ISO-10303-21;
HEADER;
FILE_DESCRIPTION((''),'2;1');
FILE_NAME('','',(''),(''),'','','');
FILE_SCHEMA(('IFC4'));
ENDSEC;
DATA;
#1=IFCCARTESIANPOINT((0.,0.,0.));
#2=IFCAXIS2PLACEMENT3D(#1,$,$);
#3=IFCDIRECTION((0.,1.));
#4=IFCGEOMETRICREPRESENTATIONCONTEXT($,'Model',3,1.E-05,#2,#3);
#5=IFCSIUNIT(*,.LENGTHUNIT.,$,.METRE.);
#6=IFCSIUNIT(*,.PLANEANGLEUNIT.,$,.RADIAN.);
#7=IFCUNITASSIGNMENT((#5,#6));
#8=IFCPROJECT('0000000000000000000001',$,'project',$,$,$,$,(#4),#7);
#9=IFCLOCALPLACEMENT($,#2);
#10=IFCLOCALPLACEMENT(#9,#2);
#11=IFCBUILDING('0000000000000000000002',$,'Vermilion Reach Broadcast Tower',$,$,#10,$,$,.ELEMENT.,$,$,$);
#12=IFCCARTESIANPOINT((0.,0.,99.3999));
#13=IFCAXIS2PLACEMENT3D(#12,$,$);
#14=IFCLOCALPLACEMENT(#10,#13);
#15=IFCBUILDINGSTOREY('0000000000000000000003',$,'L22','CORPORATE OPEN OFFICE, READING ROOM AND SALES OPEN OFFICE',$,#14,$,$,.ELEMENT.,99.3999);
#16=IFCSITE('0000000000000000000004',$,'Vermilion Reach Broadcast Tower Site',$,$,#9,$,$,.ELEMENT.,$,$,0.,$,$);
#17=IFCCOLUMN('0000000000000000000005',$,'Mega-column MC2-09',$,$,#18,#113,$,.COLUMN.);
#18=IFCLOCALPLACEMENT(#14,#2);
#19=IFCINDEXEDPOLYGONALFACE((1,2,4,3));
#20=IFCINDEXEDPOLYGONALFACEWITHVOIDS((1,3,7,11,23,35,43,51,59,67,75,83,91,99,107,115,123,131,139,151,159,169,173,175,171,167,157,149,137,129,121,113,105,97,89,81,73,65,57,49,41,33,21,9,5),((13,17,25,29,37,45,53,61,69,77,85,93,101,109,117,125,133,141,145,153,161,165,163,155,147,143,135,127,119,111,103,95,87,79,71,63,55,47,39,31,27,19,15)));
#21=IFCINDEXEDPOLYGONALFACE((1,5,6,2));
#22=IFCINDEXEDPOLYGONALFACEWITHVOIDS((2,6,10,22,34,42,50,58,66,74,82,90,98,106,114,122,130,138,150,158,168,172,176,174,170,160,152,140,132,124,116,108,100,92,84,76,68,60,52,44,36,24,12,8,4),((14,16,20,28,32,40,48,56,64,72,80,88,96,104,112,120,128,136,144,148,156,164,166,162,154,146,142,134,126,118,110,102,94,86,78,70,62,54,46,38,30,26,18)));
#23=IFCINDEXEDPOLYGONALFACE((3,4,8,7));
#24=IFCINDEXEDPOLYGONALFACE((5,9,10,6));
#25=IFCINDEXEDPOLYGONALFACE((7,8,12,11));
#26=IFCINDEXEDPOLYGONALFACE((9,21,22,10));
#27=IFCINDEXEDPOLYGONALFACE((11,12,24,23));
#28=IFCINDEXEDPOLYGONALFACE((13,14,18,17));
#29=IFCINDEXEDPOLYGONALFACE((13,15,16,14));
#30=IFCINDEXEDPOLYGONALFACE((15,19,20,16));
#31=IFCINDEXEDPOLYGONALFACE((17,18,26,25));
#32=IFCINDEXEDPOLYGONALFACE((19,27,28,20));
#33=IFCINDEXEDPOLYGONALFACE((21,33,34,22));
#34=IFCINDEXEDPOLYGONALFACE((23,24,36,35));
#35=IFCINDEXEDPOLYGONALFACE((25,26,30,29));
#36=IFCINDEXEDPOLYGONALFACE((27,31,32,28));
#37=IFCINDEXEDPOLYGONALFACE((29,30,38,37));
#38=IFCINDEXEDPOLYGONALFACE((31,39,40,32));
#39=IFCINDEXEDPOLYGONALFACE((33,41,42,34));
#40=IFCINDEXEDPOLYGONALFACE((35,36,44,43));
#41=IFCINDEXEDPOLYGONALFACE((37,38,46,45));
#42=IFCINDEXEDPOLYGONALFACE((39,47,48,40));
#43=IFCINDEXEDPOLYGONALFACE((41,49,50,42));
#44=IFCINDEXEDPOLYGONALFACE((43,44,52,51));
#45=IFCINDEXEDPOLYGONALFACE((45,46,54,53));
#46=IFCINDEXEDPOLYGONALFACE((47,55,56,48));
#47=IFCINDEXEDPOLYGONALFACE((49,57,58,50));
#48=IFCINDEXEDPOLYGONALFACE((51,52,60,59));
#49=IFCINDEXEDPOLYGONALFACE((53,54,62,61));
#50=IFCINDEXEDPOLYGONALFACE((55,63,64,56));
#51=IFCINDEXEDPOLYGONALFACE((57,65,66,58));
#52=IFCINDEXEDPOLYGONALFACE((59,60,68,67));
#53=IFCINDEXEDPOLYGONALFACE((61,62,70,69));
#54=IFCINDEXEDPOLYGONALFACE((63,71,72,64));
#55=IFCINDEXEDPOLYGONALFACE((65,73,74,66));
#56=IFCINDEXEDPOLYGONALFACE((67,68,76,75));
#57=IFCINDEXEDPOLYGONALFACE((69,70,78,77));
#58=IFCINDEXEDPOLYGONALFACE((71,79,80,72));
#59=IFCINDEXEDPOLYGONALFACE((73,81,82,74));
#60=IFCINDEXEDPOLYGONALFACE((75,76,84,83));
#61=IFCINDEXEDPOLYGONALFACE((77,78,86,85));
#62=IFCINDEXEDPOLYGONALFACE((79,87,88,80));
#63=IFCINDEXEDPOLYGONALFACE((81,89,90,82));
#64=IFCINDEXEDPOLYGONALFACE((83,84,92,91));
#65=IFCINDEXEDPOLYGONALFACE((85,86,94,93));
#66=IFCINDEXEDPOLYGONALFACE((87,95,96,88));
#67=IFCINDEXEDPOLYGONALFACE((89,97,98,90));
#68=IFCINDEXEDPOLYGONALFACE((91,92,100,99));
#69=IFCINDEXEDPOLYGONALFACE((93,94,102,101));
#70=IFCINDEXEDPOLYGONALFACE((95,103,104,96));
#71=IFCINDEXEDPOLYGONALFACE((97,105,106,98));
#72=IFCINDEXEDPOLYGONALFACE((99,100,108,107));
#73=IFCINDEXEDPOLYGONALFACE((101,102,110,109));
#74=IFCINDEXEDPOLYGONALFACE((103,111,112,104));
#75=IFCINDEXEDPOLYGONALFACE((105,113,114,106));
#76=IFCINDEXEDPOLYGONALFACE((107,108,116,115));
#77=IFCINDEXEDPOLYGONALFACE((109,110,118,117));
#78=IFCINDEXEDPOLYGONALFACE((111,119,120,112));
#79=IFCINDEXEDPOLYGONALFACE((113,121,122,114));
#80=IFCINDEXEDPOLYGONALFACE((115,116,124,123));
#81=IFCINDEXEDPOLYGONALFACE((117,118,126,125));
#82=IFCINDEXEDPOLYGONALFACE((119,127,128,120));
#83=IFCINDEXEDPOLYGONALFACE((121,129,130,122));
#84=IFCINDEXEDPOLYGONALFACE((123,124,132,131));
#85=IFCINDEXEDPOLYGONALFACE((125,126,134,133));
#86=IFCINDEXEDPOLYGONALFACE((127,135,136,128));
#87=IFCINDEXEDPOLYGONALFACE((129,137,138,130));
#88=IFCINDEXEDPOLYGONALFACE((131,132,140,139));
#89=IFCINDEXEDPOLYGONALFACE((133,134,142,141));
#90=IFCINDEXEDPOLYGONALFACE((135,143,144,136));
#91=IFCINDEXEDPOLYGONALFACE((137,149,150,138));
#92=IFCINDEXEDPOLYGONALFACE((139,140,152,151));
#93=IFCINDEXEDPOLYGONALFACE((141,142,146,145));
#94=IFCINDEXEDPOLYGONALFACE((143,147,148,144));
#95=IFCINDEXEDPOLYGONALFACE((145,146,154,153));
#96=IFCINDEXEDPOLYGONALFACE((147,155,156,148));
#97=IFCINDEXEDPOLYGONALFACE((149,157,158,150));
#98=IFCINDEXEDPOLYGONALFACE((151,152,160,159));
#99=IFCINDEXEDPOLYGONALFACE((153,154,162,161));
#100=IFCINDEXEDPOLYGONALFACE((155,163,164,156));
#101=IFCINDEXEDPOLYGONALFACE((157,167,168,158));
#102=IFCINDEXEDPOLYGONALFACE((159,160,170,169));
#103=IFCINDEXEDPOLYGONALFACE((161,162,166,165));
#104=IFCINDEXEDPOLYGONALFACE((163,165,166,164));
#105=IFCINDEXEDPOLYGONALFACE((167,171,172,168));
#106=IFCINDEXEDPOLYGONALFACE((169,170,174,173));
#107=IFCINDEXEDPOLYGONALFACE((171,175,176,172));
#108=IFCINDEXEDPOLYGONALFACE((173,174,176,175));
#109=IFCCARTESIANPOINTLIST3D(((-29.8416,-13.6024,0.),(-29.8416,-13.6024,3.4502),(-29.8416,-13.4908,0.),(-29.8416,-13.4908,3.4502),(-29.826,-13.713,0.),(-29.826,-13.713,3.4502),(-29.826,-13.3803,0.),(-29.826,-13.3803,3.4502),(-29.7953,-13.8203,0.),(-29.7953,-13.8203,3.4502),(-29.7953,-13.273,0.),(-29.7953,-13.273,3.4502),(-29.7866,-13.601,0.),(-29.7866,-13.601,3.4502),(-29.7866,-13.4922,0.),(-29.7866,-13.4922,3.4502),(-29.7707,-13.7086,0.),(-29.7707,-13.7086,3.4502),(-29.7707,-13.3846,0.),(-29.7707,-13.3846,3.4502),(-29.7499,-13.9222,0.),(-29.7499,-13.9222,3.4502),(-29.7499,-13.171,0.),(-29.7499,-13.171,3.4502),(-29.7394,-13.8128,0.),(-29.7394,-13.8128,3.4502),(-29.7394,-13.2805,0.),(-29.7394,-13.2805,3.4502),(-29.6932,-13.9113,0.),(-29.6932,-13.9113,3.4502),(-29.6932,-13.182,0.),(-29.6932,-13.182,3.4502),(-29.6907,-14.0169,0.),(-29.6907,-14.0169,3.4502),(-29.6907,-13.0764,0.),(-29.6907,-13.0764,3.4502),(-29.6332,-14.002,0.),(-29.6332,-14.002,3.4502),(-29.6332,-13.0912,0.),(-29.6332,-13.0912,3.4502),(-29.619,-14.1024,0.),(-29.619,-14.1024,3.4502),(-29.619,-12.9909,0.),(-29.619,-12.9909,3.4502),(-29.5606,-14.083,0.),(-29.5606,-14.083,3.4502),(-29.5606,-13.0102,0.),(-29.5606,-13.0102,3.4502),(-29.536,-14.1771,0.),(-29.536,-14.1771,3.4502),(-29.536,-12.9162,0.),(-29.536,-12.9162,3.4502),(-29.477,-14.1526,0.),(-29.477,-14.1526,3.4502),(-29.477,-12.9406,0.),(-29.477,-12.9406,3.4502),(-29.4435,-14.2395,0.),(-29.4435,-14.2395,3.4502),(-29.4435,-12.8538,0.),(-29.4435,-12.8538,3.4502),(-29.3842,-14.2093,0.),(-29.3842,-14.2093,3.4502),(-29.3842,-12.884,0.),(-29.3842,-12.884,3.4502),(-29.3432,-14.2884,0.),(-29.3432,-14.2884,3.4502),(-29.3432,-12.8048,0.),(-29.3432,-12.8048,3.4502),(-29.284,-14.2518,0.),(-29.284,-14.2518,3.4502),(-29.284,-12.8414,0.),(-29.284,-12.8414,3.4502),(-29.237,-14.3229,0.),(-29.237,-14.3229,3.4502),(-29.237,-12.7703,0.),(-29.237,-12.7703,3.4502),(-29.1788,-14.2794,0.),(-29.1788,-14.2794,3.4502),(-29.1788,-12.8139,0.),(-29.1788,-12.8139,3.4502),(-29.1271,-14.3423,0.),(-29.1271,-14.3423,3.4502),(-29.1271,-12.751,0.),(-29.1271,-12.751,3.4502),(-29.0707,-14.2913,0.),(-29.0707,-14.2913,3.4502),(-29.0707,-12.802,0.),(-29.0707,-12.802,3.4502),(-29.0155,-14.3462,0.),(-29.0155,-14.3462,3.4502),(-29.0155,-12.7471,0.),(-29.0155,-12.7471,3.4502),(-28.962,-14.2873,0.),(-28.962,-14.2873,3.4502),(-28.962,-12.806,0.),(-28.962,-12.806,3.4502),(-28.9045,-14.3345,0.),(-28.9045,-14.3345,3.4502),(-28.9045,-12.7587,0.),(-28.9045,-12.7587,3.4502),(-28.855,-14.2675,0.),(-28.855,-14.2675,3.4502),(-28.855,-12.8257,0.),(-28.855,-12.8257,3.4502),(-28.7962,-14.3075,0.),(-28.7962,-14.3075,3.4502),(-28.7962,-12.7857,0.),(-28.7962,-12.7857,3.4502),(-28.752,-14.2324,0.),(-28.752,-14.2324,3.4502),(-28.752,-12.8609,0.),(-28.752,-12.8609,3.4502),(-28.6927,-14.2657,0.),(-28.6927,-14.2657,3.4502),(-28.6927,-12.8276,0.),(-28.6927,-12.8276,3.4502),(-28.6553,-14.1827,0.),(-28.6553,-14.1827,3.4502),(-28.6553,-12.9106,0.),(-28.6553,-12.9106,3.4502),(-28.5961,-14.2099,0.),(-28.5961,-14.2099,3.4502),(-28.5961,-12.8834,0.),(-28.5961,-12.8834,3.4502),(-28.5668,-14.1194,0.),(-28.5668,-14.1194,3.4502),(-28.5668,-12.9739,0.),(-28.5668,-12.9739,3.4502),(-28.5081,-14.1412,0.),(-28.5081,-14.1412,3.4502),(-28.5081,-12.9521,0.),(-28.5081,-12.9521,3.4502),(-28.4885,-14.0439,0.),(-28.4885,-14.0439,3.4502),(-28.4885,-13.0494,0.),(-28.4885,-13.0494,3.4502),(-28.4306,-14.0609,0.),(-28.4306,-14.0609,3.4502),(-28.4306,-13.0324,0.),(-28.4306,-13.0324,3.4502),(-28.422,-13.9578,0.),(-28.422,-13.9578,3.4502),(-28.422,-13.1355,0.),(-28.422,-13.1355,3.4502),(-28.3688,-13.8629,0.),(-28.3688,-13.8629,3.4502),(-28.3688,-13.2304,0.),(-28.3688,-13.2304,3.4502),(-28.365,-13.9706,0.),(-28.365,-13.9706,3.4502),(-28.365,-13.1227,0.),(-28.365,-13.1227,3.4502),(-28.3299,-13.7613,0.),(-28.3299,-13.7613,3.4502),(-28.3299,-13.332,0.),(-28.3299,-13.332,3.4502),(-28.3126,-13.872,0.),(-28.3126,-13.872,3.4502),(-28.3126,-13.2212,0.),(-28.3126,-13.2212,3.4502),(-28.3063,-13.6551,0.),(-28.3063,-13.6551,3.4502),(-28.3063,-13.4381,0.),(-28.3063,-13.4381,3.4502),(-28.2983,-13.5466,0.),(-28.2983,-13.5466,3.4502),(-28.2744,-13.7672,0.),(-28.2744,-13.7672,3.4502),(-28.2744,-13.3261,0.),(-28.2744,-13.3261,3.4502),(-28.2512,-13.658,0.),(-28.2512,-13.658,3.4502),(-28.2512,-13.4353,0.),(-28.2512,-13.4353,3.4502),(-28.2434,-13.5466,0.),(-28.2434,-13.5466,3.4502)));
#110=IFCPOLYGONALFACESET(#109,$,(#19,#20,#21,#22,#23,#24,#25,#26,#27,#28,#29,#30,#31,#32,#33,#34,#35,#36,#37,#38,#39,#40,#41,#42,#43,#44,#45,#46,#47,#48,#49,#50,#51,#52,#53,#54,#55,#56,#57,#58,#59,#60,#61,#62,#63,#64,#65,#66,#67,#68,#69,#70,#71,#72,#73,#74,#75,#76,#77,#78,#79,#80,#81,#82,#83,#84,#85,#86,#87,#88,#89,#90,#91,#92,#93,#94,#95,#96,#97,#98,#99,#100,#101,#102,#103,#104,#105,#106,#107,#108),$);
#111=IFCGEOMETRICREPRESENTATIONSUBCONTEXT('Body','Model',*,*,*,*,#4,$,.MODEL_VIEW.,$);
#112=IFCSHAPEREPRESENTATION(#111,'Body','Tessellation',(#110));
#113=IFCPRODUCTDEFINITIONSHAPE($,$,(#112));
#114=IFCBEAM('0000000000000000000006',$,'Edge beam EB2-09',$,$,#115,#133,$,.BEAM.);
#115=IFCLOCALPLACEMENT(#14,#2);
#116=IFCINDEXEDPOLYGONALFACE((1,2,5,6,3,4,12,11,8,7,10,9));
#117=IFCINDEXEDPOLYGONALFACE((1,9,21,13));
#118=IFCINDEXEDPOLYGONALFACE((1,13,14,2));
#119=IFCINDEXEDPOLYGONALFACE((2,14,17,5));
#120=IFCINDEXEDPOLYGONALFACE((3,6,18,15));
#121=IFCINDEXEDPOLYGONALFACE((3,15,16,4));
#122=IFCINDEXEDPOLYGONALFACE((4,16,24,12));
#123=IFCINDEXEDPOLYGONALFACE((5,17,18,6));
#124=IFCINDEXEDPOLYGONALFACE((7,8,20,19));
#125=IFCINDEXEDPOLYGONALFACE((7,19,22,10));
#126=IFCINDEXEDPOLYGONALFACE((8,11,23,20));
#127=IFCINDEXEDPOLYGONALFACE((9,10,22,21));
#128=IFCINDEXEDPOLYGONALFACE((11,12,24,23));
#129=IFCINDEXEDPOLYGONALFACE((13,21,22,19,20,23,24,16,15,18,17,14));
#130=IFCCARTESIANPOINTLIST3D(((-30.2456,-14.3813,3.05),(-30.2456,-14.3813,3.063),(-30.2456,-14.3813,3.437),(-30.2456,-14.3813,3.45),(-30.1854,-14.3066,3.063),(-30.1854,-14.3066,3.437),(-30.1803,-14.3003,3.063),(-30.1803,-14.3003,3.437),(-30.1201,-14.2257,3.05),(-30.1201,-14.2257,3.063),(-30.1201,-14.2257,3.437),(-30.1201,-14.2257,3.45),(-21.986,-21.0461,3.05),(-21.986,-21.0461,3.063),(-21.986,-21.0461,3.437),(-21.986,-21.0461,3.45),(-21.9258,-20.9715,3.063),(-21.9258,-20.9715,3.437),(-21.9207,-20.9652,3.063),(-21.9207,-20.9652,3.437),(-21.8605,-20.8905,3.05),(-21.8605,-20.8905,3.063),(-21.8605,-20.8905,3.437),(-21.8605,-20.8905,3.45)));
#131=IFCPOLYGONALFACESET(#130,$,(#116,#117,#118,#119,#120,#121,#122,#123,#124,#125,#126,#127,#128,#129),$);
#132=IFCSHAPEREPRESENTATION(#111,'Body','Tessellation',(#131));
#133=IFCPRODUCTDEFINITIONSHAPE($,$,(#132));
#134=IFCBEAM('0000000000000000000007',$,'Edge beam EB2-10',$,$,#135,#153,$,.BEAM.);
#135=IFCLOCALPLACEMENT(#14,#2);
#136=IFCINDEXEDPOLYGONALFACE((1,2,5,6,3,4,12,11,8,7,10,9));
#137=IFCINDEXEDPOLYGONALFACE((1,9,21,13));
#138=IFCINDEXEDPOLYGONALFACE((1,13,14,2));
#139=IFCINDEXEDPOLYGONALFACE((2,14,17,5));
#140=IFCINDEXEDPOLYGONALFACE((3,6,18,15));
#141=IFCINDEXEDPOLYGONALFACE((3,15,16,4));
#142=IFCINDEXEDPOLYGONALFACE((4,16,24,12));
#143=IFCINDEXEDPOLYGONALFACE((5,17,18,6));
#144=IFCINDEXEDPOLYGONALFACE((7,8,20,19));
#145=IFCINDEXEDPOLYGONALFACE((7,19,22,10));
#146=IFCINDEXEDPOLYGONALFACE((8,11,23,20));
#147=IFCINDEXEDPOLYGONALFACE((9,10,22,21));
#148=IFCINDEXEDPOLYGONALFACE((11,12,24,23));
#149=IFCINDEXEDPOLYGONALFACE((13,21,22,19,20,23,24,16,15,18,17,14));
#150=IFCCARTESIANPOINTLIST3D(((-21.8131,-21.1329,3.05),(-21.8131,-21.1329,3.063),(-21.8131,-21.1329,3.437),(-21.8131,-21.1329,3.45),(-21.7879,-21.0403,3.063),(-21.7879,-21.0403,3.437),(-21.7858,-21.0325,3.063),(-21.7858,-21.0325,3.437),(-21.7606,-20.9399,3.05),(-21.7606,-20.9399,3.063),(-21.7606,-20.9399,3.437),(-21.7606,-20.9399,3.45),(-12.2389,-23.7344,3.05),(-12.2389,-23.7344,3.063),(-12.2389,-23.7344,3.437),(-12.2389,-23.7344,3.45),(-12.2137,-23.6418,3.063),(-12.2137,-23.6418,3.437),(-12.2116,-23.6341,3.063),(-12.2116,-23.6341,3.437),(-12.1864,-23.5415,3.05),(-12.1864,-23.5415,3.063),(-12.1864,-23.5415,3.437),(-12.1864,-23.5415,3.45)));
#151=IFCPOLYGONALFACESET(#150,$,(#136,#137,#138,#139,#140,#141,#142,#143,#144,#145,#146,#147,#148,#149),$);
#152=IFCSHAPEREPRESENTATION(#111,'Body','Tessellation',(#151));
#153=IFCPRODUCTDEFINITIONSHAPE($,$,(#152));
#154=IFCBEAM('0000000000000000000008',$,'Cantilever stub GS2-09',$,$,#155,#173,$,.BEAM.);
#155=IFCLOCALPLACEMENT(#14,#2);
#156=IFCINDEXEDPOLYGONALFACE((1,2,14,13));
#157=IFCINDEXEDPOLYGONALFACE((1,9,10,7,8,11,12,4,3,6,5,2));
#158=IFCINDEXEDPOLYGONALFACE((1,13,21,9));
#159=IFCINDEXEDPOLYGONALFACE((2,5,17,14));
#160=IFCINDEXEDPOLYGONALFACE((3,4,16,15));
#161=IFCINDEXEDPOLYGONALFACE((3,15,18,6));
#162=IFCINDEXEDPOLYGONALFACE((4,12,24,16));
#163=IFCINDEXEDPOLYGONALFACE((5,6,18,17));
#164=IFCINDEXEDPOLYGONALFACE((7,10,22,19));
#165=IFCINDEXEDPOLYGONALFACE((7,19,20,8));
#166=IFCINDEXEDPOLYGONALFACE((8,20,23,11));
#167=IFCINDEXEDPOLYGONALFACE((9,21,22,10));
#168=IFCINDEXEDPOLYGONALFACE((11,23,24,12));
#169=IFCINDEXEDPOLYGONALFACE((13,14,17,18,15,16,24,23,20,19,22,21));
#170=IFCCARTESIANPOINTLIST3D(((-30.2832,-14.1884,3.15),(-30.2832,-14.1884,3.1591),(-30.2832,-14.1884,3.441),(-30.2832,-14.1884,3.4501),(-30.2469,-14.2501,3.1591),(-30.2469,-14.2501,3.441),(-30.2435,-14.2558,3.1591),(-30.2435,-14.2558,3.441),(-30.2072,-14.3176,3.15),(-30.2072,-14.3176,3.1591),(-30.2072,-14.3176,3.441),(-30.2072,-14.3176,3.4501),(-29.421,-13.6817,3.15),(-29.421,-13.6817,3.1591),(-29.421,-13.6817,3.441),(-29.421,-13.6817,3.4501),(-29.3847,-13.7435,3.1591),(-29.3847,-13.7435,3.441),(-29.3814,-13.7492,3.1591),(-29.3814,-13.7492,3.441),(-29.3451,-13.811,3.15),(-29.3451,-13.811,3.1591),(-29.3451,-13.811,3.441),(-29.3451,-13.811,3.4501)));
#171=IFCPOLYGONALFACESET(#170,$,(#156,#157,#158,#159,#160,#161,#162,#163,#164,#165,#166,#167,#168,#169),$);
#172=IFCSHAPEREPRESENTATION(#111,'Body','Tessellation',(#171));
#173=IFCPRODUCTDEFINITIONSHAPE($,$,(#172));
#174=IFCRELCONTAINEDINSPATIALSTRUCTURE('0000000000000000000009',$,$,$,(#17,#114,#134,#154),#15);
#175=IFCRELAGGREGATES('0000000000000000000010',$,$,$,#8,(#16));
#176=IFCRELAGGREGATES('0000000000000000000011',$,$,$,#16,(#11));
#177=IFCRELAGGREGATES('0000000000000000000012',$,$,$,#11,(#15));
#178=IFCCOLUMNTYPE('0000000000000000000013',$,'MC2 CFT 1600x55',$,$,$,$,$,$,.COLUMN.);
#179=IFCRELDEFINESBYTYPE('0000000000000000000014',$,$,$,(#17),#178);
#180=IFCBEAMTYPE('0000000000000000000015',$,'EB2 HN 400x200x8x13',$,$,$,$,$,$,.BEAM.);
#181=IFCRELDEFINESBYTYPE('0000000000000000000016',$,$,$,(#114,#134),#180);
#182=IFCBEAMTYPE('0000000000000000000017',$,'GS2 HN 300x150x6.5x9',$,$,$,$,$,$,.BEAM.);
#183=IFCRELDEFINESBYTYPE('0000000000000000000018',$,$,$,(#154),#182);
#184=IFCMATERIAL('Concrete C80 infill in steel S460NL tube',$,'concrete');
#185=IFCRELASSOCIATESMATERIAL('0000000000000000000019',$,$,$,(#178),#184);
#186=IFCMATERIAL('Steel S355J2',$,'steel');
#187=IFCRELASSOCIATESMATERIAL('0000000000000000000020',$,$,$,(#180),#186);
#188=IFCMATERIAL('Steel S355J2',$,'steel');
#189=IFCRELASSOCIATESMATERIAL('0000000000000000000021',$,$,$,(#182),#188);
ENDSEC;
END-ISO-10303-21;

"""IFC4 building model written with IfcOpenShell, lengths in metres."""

from ifc_helpers import new_model, si_unit, direction, frame, origin, origin_2d, place, context, subcontext, project, spatial, hollow_circle, i_section, extrude, material, material_profile, profile_set, type_object, element, save


model = new_model("IFC4")

# Units and contexts
model_context = context("Model", 3, precision=1e-05, world=origin(), true_north=direction((0.0, 1.0)))
body_context = subcontext(model_context, "Body", "Model", "MODEL_VIEW")
ifc_project = project(units=[si_unit("LENGTHUNIT", "METRE"), si_unit("PLANEANGLEUNIT", "RADIAN")], contexts=[model_context])

# Site, building, storey
site_placement = place(None, origin())
site = spatial("IfcSite", under=ifc_project, at=site_placement, Name="Vermilion Reach Broadcast Tower Site", CompositionType="ELEMENT", RefElevation=0.0)
building_placement = place(site_placement, origin())
building = spatial("IfcBuilding", under=site, at=building_placement, Name="Vermilion Reach Broadcast Tower", CompositionType="ELEMENT")
storey_placement = place(building_placement, frame((0.0, 0.0, 99.3999)))
storey = spatial("IfcBuildingStorey", under=building, at=storey_placement, Name="L22", Description="CORPORATE OPEN OFFICE, READING ROOM AND SALES OPEN OFFICE", CompositionType="ELEMENT", Elevation=99.3999)

# Column
ifc_material_1 = material(Name="Concrete C80 infill in steel S460NL tube", Category="concrete")
ifc_material_profile_1 = material_profile(ifc_material_1, hollow_circle(Radius=0.8, WallThickness=0.0549, at=origin_2d()), Name="Concrete C80 infill in steel S460NL tube CFT 1600x55")
ifc_profile_set_1 = profile_set([ifc_material_profile_1], Name="Concrete C80 infill in steel S460NL tube")
column_type = type_object("IfcColumnType", Name="MC2 CFT 1600x55", PredefinedType="COLUMN", material=ifc_profile_set_1)
column_placement = place(storey_placement, frame((-29.0435, -13.5466, 0.0), z_axis=(0.0, 0.0, 1.0), x_axis=(1.0, 0.0, 0.0)))
element("IfcColumn", 1, at=column_placement, inside=storey, type_object=column_type, Name="Mega-column MC2-09", PredefinedType="COLUMN", context=body_context, shape_type="SweptSolid", body=[
    extrude(hollow_circle(Radius=0.8, WallThickness=0.0549, at=origin_2d()), origin(), (0.0, 0.0, 1.0), 3.4502),
])

# Beams
ifc_material_2 = material(Name="Steel S355J2", Category="steel")
ifc_material_profile_2 = material_profile(ifc_material_2, i_section(OverallWidth=0.2, OverallDepth=0.3999, WebThickness=0.0081, FlangeThickness=0.0129, at=origin_2d()), Name="S355J2 HN 400x200x8x13")
ifc_profile_set_2 = profile_set([ifc_material_profile_2], Name="Steel S355J2")
beam_type_1 = type_object("IfcBeamType", Name="EB2 HN 400x200x8x13", PredefinedType="BEAM", material=ifc_profile_set_2)
beam_1_placement = place(storey_placement, frame((-30.1829, -14.3035, 3.25), z_axis=(0.778234, -0.627975, 0.0), x_axis=(0.627975, 0.778234, 0.0)))
element("IfcBeam", 2, at=beam_1_placement, inside=storey, type_object=beam_type_1, Name="Edge beam EB2-09", PredefinedType="BEAM", context=body_context, shape_type="SweptSolid", body=[
    extrude(i_section(OverallWidth=0.2, OverallDepth=0.3999, WebThickness=0.0081, FlangeThickness=0.0129, at=origin_2d()), origin(), (0.0, 0.0, 1.0), 10.6133),
])
beam_2_placement = place(storey_placement, frame((-21.7869, -21.0364, 3.25), z_axis=(0.965009, -0.262218, 0.0), x_axis=(0.262218, 0.965009, 0.0)))
element("IfcBeam", 3, at=beam_2_placement, inside=storey, type_object=beam_type_1, Name="Edge beam EB2-10", PredefinedType="BEAM", context=body_context, shape_type="SweptSolid", body=[
    extrude(i_section(OverallWidth=0.2, OverallDepth=0.3999, WebThickness=0.0081, FlangeThickness=0.0129, at=origin_2d()), origin(), (0.0, 0.0, 1.0), 9.9214),
])
ifc_material_3 = material(Name="Steel S355J2", Category="steel")
ifc_material_profile_3 = material_profile(ifc_material_3, i_section(OverallWidth=0.1499, OverallDepth=0.3, WebThickness=0.0066, FlangeThickness=0.009, at=origin_2d()), Name="S355J2 HN 300x150x6.5x9")
ifc_profile_set_3 = profile_set([ifc_material_profile_3], Name="Steel S355J2")
beam_type_2 = type_object("IfcBeamType", Name="GS2 HN 300x150x6.5x9", PredefinedType="BEAM", material=ifc_profile_set_3)
beam_3_placement = place(storey_placement, frame((-29.3831, -13.7463, 3.3), z_axis=(-0.862154, -0.506647, 0.0), x_axis=(0.506647, -0.862154, 0.0)))
element("IfcBeam", 4, at=beam_3_placement, inside=storey, type_object=beam_type_2, Name="Cantilever stub GS2-09", PredefinedType="BEAM", context=body_context, shape_type="SweptSolid", body=[
    extrude(i_section(OverallWidth=0.1499, OverallDepth=0.3, WebThickness=0.0066, FlangeThickness=0.009, at=origin_2d()), origin(), (0.0, 0.0, 1.0), 1.0),
])

save(model, "model.ifc")
